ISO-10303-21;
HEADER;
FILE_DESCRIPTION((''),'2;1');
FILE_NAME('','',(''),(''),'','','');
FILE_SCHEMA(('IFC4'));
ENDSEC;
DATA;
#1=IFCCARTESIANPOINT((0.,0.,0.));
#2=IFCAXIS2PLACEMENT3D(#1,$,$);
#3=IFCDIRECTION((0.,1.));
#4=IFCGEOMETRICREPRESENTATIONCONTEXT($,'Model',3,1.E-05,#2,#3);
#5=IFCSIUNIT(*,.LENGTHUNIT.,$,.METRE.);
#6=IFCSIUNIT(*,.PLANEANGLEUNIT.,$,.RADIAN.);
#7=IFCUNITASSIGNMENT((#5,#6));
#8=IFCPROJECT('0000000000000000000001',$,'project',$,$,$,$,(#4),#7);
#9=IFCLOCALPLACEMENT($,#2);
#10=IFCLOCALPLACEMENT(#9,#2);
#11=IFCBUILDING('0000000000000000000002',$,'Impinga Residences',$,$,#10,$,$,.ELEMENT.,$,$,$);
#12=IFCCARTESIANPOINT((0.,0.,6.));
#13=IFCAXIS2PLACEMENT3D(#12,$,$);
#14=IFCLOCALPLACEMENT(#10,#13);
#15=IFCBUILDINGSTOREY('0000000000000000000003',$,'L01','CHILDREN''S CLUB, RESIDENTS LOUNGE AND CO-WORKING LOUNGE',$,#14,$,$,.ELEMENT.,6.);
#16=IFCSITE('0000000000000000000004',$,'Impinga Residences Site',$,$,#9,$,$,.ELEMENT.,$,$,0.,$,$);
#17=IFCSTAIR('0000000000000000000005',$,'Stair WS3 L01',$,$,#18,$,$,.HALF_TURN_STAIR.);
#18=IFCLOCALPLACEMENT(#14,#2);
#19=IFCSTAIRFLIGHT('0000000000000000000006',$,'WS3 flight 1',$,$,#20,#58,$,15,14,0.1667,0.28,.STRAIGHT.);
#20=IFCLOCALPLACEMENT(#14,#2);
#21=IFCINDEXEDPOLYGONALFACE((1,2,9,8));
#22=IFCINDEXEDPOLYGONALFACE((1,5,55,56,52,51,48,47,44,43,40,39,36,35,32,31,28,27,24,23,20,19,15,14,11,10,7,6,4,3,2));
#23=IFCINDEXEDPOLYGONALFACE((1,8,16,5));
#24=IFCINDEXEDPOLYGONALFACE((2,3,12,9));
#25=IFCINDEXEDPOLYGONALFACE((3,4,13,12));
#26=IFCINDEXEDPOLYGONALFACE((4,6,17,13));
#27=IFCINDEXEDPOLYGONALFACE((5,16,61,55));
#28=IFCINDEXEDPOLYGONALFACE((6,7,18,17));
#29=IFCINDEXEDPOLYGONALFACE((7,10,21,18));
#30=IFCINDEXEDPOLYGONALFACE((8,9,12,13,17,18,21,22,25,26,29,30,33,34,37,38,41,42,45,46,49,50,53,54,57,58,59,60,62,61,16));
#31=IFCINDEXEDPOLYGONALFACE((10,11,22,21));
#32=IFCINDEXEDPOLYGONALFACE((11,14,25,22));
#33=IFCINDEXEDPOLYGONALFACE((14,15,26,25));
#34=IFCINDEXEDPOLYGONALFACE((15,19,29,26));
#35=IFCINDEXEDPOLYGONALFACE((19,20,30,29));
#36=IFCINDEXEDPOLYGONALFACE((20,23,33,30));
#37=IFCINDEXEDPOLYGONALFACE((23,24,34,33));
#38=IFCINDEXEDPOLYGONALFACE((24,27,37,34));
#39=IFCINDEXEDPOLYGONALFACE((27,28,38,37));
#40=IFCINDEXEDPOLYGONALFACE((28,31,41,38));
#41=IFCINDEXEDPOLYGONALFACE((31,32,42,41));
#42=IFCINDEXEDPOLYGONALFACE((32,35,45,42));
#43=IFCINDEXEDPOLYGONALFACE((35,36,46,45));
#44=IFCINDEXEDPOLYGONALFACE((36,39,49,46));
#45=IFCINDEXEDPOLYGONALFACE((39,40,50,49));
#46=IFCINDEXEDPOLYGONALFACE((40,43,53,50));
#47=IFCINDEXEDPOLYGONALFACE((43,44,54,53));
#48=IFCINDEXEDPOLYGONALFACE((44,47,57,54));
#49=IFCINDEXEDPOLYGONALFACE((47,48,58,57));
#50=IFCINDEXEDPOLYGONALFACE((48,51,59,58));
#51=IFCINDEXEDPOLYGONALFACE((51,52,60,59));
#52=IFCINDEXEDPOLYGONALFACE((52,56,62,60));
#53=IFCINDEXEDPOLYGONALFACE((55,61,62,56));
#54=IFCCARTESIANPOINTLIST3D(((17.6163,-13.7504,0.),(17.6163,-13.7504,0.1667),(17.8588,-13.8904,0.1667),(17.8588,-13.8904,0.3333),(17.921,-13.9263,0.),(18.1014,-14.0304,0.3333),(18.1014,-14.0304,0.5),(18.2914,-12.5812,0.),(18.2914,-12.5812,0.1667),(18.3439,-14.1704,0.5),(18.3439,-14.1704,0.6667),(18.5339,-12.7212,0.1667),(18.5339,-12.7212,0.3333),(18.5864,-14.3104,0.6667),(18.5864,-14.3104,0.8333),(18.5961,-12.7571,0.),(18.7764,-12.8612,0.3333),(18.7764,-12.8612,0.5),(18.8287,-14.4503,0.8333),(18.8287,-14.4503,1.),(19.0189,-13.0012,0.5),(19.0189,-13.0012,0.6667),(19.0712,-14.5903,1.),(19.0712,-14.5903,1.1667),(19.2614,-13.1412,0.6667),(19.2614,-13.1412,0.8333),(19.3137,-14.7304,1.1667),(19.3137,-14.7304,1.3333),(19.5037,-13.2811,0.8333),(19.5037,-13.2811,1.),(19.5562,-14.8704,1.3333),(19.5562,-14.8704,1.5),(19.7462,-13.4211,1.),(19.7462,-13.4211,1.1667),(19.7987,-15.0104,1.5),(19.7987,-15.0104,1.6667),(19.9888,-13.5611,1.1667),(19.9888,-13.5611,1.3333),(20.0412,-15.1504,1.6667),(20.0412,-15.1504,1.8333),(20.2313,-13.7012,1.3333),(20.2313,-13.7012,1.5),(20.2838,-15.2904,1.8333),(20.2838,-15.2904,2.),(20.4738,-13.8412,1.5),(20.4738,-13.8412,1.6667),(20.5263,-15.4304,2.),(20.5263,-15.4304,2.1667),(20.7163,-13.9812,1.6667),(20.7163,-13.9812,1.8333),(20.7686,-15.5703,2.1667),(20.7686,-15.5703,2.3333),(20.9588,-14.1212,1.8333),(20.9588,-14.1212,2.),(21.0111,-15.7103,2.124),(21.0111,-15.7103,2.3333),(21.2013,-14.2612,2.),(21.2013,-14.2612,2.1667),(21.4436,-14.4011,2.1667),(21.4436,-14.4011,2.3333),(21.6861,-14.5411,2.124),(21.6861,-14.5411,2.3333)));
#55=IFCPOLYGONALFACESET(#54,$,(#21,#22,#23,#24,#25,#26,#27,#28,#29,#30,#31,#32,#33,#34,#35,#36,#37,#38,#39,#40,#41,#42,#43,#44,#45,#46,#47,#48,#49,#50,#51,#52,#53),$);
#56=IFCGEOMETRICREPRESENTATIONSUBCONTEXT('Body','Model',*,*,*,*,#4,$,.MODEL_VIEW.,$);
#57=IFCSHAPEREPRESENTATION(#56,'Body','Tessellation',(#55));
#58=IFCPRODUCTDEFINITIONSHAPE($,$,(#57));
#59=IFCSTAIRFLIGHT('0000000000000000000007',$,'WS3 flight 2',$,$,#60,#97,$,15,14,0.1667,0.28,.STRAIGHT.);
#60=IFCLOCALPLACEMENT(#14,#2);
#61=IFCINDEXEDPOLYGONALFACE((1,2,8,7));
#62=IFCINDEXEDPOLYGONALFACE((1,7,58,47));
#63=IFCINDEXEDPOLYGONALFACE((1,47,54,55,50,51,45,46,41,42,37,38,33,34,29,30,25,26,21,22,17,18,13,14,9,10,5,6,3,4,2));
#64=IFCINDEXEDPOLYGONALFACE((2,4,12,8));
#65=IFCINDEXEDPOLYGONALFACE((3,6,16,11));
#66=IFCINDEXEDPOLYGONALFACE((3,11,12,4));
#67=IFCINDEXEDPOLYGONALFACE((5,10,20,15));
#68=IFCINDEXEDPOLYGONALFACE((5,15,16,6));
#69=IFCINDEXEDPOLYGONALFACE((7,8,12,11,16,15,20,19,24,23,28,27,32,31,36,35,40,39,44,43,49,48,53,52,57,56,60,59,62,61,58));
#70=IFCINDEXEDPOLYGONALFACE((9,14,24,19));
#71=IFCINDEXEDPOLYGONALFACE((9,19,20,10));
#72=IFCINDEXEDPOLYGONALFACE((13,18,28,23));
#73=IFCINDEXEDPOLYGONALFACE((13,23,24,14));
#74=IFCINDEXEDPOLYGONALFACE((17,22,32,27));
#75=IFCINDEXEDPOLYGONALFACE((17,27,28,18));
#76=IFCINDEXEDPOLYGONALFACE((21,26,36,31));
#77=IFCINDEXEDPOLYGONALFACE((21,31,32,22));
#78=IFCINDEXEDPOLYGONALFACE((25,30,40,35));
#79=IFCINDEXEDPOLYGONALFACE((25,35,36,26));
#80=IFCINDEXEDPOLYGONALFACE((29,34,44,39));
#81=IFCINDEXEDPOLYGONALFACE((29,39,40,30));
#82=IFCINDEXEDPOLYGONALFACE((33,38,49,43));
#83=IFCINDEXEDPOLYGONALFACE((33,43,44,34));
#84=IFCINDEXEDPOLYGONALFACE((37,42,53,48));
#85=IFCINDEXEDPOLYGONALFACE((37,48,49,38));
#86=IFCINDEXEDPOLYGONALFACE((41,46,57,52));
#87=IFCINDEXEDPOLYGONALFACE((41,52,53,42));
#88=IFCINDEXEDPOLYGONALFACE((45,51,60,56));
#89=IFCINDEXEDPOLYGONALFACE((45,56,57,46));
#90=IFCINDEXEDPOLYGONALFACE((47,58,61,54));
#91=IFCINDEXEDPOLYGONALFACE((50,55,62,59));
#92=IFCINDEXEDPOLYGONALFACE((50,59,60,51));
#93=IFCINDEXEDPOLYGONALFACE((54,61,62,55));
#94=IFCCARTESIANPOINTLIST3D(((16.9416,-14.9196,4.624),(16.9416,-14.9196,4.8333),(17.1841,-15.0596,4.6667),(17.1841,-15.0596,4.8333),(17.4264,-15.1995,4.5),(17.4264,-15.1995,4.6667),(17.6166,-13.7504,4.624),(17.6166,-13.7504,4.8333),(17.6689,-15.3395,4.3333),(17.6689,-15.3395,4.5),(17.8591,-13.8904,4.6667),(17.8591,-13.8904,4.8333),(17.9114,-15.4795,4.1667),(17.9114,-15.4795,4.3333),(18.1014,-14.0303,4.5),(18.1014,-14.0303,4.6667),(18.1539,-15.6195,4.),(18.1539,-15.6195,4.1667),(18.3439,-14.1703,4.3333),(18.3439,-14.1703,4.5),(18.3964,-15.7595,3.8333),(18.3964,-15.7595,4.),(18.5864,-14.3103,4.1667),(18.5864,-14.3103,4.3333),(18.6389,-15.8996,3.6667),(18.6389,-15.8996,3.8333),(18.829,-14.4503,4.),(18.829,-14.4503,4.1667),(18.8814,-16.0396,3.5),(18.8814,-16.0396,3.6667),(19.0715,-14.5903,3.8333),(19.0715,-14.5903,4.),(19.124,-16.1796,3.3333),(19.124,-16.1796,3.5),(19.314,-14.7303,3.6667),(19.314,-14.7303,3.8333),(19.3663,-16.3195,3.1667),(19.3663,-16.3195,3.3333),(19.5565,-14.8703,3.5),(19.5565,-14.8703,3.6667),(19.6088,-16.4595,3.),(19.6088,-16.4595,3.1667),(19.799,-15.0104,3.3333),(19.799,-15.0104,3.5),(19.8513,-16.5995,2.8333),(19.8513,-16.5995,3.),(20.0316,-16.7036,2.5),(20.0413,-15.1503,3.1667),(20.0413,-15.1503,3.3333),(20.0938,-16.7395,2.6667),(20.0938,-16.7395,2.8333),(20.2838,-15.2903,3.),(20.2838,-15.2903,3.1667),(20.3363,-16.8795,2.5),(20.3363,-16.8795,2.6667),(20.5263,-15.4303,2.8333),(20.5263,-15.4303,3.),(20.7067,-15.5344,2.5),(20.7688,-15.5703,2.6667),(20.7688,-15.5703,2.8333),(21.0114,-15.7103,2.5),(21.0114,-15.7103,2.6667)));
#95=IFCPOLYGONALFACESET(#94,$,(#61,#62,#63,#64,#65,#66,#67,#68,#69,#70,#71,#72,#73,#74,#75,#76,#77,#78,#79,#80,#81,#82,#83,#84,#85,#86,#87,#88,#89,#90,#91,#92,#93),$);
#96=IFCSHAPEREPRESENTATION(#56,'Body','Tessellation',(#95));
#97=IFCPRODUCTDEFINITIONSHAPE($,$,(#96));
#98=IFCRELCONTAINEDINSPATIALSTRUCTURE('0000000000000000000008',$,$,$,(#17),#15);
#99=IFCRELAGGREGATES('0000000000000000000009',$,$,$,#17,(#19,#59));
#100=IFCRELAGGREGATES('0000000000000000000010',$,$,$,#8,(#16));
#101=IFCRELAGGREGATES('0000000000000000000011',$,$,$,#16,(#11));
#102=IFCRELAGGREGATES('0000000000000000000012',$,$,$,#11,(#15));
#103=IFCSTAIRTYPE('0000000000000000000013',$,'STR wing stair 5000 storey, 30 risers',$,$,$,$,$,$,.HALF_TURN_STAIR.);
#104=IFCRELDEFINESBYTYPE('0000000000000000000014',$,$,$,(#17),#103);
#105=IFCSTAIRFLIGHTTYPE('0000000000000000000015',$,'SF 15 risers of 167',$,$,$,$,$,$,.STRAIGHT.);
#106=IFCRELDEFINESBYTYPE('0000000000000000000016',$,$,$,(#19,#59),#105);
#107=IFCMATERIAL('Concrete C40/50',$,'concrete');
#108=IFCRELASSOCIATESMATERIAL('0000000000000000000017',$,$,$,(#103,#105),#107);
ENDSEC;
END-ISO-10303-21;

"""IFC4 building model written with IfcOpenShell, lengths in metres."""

from ifc_helpers import new_model, si_unit, direction, frame, origin, place, context, subcontext, project, spatial, polyline, outline, extrude, material, type_object, element, aggregate, save


model = new_model("IFC4")

# Units and contexts
model_context = context("Model", 3, precision=1e-05, world=origin(), true_north=direction((0.0, 1.0)))
body_context = subcontext(model_context, "Body", "Model", "MODEL_VIEW")
ifc_project = project(units=[si_unit("LENGTHUNIT", "METRE"), si_unit("PLANEANGLEUNIT", "RADIAN")], contexts=[model_context])

# Site, building, storey
site_placement = place(None, origin())
site = spatial("IfcSite", under=ifc_project, at=site_placement, Name="Impinga Residences Site", CompositionType="ELEMENT", RefElevation=0.0)
building_placement = place(site_placement, origin())
building = spatial("IfcBuilding", under=site, at=building_placement, Name="Impinga Residences", CompositionType="ELEMENT")
storey_placement = place(building_placement, frame((0.0, 0.0, 6.0)))
storey = spatial("IfcBuildingStorey", under=building, at=storey_placement, Name="L01", Description="CHILDREN'S CLUB, RESIDENTS LOUNGE AND CO-WORKING LOUNGE", CompositionType="ELEMENT", Elevation=6.0)

# Stair, stair flights
ifc_material_1 = material(Name="Concrete C40/50", Category="concrete")
stair_type = type_object("IfcStairType", Name="STR wing stair 5000 storey, 30 risers", PredefinedType="HALF_TURN_STAIR", material=ifc_material_1)
stair_placement = place(storey_placement, origin())
stair = element("IfcStair", 1, at=stair_placement, inside=storey, type_object=stair_type, Name="Stair WS3 L01", PredefinedType="HALF_TURN_STAIR")
stair_flight_type = type_object("IfcStairFlightType", Name="SF 15 risers of 167", PredefinedType="STRAIGHT", material=ifc_material_1)
stair_flight_1_placement = place(storey_placement, frame((17.9539, -13.1658, 0.0), z_axis=(0.0, 0.0, 1.0), x_axis=(0.866025, -0.5, 0.0)))
stair_flight_1 = element("IfcStairFlight", 2, at=stair_flight_1_placement, type_object=stair_flight_type, Name="WS3 flight 1", NumberOfRisers=15, NumberOfTreads=14, PredefinedType="STRAIGHT", RiserHeight=0.1667, TreadLength=0.28, context=body_context, shape_type="SweptSolid", body=[
    extrude(outline(polyline([(0.0, 0.0), (0.0, 0.1667), (0.28, 0.1667), (0.28, 0.3333), (0.5601, 0.3333), (0.5601, 0.5), (0.8401, 0.5), (0.8401, 0.6667), (1.1201, 0.6667), (1.1201, 0.8333), (1.3999, 0.8333), (1.3999, 1.0), (1.6799, 1.0), (1.6799, 1.1667), (1.96, 1.1667), (1.96, 1.3333), (2.24, 1.3333), (2.24, 1.5), (2.52, 1.5), (2.52, 1.6667), (2.8, 1.6667), (2.8, 1.8333), (3.0801, 1.8333), (3.0801, 2.0), (3.3601, 2.0), (3.3601, 2.1667), (3.6399, 2.1667), (3.6399, 2.3333), (3.9199, 2.3333), (3.9199, 2.5), (3.9199, 2.124), (0.3518, 0.0), (0.0, 0.0)])), frame((0.0, 0.675, 0.0), z_axis=(0.0, -1.0, 0.0), x_axis=(1.0, 0.0, 0.0)), (0.0, 0.0, 1.0), 1.3501),
])
stair_flight_2_placement = place(storey_placement, frame((20.6738, -16.2949, 2.5), z_axis=(0.0, 0.0, 1.0), x_axis=(-0.866025, 0.5, 0.0)))
stair_flight_2 = element("IfcStairFlight", 3, at=stair_flight_2_placement, type_object=stair_flight_type, Name="WS3 flight 2", NumberOfRisers=15, NumberOfTreads=14, PredefinedType="STRAIGHT", RiserHeight=0.1667, TreadLength=0.28, context=body_context, shape_type="SweptSolid", body=[
    extrude(outline(polyline([(0.0, 0.0), (0.0, 0.1667), (0.28, 0.1667), (0.28, 0.3333), (0.5601, 0.3333), (0.5601, 0.5), (0.8401, 0.5), (0.8401, 0.6667), (1.1201, 0.6667), (1.1201, 0.8333), (1.3999, 0.8333), (1.3999, 1.0), (1.6799, 1.0), (1.6799, 1.1667), (1.96, 1.1667), (1.96, 1.3333), (2.24, 1.3333), (2.24, 1.5), (2.52, 1.5), (2.52, 1.6667), (2.8, 1.6667), (2.8, 1.8333), (3.0801, 1.8333), (3.0801, 2.0), (3.3601, 2.0), (3.3601, 2.1667), (3.6399, 2.1667), (3.6399, 2.3333), (3.9199, 2.3333), (3.9199, 2.5), (3.9199, 2.124), (0.3518, 0.0), (0.0, 0.0)])), frame((0.0, 0.675, 0.0), z_axis=(0.0, -1.0, 0.0), x_axis=(1.0, 0.0, 0.0)), (0.0, 0.0, 1.0), 1.3501),
])
aggregate(stair, [stair_flight_1, stair_flight_2])

save(model, "model.ifc")
